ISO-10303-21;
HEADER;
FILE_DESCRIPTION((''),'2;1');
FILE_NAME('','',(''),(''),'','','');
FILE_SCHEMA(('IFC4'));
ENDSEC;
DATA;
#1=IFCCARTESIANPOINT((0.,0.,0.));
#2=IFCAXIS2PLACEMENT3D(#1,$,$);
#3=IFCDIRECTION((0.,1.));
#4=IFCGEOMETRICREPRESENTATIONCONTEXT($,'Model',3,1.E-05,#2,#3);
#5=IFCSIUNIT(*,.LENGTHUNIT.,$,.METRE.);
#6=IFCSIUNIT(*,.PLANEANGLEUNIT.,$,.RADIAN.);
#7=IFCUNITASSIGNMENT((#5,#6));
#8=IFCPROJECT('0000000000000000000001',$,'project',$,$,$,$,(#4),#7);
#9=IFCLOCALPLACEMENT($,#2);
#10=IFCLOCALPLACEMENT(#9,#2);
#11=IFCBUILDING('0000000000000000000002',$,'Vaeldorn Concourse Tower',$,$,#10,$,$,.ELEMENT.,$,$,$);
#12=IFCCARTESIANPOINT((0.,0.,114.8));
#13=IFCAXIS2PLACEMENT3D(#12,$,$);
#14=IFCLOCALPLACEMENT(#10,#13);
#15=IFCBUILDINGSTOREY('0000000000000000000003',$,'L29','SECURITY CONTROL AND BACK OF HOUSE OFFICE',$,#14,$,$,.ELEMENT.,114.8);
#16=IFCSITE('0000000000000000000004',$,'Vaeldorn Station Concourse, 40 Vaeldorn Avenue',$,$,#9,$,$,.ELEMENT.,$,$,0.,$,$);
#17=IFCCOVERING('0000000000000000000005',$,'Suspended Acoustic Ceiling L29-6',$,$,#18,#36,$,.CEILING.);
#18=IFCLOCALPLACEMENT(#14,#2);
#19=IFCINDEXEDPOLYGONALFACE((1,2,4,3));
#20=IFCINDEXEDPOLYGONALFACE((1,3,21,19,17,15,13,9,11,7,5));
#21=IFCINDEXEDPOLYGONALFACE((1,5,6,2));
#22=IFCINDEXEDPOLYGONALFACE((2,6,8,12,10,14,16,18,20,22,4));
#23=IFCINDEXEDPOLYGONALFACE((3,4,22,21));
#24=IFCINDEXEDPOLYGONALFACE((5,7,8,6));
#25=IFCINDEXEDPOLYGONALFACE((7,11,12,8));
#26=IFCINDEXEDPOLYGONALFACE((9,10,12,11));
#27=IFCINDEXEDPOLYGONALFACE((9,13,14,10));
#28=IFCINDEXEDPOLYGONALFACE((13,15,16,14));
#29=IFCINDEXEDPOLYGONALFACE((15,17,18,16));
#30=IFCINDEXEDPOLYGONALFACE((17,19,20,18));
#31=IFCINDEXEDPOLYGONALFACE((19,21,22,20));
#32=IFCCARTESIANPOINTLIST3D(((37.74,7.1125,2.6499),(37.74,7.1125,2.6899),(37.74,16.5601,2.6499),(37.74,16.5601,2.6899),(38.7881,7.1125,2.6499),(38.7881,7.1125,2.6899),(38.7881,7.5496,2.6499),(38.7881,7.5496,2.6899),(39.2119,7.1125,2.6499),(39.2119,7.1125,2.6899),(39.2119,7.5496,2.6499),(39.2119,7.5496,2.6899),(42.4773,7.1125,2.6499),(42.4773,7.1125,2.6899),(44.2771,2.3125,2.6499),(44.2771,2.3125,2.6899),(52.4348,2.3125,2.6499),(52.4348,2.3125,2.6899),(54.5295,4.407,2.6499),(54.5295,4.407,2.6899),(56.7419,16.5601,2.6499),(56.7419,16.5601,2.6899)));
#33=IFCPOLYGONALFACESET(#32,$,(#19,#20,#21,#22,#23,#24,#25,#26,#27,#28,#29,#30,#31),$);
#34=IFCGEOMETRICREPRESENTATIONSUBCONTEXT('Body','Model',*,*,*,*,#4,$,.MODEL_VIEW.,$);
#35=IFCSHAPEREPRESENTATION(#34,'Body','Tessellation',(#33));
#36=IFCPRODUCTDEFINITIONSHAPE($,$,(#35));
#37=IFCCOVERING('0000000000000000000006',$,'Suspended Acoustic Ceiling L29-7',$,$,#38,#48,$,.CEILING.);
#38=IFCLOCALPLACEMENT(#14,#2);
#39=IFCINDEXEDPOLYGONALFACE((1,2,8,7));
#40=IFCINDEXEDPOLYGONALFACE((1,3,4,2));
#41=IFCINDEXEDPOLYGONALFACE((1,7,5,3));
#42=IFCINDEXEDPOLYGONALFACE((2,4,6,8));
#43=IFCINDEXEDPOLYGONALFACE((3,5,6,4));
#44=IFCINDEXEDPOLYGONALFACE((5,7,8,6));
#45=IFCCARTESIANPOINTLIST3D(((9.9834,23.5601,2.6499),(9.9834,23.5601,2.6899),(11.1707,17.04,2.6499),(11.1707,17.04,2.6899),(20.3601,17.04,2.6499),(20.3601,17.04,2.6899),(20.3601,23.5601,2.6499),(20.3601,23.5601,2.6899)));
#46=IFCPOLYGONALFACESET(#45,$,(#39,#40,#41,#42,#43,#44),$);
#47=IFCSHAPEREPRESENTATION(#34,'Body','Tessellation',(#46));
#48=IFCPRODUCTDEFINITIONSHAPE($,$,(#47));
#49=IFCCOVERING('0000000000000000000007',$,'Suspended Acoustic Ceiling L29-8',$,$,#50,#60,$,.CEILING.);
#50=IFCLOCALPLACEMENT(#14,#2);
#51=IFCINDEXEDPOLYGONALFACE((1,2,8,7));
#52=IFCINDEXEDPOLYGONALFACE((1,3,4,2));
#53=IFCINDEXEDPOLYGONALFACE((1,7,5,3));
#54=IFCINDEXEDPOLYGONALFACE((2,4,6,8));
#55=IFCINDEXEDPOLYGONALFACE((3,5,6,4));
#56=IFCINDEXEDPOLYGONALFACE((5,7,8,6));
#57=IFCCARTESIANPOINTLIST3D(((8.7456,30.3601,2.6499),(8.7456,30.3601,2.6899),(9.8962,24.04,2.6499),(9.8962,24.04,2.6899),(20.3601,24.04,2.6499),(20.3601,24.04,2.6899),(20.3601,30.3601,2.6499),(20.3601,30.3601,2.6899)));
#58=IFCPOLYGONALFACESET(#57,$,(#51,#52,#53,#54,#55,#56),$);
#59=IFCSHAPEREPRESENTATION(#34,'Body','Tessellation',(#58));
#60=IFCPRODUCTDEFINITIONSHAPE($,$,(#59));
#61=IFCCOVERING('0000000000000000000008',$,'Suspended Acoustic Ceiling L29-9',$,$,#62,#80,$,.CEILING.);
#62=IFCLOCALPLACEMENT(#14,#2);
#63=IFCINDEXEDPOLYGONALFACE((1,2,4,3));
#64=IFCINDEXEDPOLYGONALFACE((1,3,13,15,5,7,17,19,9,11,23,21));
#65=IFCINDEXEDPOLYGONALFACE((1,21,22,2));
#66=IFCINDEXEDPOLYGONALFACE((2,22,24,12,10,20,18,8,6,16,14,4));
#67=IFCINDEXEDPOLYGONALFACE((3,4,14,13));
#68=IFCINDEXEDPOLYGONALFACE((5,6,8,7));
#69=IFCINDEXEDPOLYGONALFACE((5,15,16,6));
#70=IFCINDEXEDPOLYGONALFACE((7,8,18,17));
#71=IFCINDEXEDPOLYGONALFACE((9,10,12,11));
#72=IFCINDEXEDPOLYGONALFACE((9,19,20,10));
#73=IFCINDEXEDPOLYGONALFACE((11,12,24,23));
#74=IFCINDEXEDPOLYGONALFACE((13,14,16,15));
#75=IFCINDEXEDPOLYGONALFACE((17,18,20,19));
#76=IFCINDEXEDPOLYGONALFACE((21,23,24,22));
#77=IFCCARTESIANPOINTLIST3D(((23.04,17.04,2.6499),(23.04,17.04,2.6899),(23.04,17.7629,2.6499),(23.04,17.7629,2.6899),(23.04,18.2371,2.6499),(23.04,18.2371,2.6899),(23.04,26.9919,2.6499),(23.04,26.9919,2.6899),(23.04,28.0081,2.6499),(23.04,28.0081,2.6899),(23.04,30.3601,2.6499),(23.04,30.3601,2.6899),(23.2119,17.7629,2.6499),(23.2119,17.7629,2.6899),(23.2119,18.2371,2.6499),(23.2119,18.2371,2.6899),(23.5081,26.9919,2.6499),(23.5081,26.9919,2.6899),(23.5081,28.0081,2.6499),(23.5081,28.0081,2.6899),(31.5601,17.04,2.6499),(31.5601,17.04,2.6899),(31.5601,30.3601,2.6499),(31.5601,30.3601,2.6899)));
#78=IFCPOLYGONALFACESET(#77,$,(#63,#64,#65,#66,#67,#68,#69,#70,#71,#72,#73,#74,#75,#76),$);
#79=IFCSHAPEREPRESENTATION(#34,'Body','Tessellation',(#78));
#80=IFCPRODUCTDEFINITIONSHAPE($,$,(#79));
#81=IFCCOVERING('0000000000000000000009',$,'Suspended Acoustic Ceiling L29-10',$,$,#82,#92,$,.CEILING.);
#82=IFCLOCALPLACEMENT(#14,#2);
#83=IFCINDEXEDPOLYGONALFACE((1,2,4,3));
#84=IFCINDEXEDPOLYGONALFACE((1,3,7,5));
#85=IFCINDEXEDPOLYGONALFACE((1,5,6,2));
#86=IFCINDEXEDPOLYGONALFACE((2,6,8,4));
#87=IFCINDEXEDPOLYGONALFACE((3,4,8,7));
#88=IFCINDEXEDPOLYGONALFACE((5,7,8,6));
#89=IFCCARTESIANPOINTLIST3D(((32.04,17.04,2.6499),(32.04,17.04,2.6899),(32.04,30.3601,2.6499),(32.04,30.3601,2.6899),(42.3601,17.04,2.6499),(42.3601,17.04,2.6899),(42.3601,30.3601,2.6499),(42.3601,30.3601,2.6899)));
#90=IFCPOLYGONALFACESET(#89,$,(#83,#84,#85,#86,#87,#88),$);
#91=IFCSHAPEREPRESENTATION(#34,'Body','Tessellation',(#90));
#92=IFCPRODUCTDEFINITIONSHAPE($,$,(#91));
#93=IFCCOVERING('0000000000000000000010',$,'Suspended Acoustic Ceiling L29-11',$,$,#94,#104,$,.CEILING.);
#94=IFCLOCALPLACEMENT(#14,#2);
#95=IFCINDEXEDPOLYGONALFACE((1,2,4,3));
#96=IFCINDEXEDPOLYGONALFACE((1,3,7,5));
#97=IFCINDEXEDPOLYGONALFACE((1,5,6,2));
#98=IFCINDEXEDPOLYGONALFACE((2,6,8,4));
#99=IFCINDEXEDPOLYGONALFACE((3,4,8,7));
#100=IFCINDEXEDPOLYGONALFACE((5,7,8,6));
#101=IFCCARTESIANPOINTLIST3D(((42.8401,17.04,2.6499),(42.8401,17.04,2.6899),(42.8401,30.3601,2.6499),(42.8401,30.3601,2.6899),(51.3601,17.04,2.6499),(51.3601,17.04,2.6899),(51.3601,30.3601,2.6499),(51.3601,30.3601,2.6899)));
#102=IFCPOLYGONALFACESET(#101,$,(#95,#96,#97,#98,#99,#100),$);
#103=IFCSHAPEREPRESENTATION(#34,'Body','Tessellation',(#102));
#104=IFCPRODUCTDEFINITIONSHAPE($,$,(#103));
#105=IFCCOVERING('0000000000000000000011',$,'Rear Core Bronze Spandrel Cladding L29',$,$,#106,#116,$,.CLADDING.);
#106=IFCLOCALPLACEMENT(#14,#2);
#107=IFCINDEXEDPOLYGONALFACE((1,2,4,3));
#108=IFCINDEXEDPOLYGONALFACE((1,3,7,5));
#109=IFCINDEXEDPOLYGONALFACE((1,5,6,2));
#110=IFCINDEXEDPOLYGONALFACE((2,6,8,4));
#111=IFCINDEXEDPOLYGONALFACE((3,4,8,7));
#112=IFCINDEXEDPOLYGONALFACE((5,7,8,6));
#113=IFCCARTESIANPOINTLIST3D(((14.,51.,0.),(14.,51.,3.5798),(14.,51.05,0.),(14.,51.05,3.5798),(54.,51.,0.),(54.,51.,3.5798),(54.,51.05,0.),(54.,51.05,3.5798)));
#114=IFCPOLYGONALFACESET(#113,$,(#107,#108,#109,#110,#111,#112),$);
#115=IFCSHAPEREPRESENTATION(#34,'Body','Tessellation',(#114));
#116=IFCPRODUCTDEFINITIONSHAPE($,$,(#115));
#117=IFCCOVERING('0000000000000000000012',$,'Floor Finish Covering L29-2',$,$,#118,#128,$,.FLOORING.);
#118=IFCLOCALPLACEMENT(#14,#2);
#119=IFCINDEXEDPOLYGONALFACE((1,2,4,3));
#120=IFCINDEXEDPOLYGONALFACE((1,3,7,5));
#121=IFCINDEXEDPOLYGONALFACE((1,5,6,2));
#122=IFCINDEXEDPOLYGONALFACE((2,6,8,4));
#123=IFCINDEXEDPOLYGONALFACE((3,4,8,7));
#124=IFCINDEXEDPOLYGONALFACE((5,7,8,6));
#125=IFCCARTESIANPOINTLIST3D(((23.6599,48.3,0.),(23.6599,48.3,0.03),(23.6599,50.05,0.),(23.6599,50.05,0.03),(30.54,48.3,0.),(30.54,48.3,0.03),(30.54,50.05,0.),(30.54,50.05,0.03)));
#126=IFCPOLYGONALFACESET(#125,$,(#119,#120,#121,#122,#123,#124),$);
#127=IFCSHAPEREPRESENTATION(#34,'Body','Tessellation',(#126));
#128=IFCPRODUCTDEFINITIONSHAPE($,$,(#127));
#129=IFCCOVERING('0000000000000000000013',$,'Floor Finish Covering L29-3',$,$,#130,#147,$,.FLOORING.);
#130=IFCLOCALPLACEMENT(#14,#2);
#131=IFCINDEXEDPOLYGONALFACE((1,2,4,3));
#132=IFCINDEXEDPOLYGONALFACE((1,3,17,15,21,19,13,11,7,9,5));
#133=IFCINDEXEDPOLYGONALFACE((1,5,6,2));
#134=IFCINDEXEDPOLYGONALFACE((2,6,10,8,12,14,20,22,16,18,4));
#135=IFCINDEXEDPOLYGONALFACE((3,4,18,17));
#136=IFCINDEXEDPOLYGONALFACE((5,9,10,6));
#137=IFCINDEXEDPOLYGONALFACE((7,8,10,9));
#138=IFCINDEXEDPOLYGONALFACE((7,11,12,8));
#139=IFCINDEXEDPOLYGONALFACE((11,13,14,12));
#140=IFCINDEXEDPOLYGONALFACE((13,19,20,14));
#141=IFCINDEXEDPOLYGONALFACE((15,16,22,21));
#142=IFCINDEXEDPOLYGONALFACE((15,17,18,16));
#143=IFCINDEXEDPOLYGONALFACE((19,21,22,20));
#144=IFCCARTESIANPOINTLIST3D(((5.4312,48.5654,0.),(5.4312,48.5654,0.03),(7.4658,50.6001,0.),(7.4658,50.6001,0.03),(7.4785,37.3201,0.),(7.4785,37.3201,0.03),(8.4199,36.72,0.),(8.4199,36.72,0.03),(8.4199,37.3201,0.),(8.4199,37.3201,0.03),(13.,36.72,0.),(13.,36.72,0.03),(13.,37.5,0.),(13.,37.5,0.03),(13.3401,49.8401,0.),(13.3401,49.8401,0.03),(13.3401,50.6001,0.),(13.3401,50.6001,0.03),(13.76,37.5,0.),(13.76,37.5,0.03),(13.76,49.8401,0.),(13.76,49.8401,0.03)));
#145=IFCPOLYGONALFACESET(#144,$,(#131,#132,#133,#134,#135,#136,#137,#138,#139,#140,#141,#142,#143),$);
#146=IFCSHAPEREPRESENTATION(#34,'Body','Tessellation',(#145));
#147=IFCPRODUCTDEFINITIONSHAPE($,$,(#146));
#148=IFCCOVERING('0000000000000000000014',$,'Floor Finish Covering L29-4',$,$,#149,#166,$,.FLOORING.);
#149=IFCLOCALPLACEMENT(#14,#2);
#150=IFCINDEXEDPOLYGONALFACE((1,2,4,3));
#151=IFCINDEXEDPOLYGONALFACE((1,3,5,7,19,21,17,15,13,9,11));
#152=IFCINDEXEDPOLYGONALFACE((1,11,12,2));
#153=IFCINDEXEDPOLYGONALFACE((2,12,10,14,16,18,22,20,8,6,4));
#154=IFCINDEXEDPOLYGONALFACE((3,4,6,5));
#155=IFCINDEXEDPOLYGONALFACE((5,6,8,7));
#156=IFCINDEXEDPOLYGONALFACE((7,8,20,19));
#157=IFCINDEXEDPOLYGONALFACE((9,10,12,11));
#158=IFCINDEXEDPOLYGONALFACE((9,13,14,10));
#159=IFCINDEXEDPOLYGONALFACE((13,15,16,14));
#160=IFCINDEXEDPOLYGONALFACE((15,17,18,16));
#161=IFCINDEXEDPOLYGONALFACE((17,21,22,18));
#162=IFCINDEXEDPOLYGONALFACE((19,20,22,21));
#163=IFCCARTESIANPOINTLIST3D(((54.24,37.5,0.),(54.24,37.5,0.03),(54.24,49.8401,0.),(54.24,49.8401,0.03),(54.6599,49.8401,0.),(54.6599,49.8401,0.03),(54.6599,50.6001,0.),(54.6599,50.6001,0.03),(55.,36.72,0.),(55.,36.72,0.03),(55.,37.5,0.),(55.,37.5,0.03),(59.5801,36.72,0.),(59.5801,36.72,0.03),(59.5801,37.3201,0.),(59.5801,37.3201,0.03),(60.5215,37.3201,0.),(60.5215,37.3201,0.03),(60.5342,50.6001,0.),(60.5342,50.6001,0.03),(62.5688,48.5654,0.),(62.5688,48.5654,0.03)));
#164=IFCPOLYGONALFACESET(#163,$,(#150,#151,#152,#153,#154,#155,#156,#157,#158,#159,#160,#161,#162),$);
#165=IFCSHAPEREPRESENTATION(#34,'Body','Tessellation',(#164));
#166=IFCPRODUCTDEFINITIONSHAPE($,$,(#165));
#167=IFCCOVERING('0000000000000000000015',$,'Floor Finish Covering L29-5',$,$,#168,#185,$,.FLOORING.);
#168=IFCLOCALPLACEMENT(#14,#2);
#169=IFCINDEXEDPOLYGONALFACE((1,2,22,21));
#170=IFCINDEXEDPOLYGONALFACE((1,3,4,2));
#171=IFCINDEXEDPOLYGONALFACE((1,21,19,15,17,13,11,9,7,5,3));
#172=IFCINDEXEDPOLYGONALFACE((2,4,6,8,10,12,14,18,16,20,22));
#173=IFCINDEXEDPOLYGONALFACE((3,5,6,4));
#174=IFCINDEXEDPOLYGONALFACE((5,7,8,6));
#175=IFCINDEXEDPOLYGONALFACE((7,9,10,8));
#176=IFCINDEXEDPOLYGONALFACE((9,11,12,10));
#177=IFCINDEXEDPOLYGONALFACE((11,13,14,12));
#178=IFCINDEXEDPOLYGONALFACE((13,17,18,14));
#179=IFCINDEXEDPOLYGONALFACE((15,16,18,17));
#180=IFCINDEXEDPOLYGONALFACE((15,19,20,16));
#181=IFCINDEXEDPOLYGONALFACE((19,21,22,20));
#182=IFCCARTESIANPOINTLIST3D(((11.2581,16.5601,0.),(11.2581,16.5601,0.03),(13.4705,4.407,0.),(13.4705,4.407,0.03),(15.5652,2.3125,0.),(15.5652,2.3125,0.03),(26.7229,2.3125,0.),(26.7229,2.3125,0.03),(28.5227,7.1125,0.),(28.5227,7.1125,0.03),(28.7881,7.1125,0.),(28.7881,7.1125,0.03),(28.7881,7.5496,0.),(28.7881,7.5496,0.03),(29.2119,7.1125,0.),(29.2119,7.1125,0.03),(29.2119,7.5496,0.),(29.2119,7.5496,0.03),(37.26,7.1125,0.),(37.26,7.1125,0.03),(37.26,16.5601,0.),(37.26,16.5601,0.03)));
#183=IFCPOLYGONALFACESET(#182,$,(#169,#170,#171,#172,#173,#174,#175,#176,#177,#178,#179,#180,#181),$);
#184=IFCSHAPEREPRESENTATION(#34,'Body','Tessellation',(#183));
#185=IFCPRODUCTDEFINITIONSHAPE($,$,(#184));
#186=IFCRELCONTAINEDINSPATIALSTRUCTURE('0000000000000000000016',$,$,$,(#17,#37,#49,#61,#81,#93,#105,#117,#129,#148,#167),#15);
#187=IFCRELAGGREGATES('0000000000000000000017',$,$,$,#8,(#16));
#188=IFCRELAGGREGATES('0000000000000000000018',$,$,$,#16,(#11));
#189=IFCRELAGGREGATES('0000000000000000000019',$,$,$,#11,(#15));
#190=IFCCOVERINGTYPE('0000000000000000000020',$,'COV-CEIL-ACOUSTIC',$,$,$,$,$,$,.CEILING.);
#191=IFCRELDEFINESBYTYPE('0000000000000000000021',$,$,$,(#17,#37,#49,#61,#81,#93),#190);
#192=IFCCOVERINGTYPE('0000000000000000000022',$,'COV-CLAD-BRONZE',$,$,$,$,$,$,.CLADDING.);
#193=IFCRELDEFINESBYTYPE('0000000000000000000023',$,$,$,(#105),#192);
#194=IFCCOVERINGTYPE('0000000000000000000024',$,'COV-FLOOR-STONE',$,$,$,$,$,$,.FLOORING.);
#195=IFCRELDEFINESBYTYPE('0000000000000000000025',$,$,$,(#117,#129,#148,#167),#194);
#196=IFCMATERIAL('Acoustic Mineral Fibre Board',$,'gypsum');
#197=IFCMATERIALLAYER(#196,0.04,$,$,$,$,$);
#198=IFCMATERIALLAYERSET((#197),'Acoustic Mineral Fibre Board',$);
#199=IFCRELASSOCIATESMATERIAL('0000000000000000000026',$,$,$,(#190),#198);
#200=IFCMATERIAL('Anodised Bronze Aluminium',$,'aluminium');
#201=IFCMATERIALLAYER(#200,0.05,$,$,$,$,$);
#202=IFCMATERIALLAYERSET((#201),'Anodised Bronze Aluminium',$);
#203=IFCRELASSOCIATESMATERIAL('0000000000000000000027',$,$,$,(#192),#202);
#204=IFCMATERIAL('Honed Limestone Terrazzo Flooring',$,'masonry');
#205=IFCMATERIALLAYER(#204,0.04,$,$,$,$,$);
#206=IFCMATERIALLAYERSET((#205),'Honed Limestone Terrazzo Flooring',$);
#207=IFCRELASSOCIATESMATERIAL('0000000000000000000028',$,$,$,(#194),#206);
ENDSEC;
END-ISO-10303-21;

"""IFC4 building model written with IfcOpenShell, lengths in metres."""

from ifc_helpers import new_model, si_unit, direction, frame, origin, place, context, subcontext, project, spatial, polyline, outline, extrude, material, layer, layer_set, type_object, element, save


model = new_model("IFC4")

# Units and contexts
model_context = context("Model", 3, precision=1e-05, world=origin(), true_north=direction((0.0, 1.0)))
body_context = subcontext(model_context, "Body", "Model", "MODEL_VIEW")
ifc_project = project(units=[si_unit("LENGTHUNIT", "METRE"), si_unit("PLANEANGLEUNIT", "RADIAN")], contexts=[model_context])

# Site, building, storey
site_placement = place(None, origin())
site = spatial("IfcSite", under=ifc_project, at=site_placement, Name="Vaeldorn Station Concourse, 40 Vaeldorn Avenue", CompositionType="ELEMENT", RefElevation=0.0)
building_placement = place(site_placement, origin())
building = spatial("IfcBuilding", under=site, at=building_placement, Name="Vaeldorn Concourse Tower", CompositionType="ELEMENT")
storey_placement = place(building_placement, frame((0.0, 0.0, 114.8)))
storey = spatial("IfcBuildingStorey", under=building, at=storey_placement, Name="L29", Description="SECURITY CONTROL AND BACK OF HOUSE OFFICE", CompositionType="ELEMENT", Elevation=114.8)

# Coverings
ifc_material_1 = material(Name="Acoustic Mineral Fibre Board", Category="gypsum")
ifc_layer_1 = layer(ifc_material_1, 0.04)
ifc_layer_set_1 = layer_set([ifc_layer_1], Name="Acoustic Mineral Fibre Board")
covering_type_1 = type_object("IfcCoveringType", Name="COV-CEIL-ACOUSTIC", PredefinedType="CEILING", material=ifc_layer_set_1)
covering_1_placement = place(storey_placement, frame((0.0, 0.0, 2.6499)))
element("IfcCovering", 1, at=covering_1_placement, inside=storey, type_object=covering_type_1, Name="Suspended Acoustic Ceiling L29-6", PredefinedType="CEILING", context=body_context, shape_type="SweptSolid", body=[
    extrude(outline(polyline([(37.74, 16.5601), (56.7419, 16.5601), (54.5295, 4.407), (52.4348, 2.3125), (44.2771, 2.3125), (42.4773, 7.1125), (39.2119, 7.1125), (39.2119, 7.5496), (38.7881, 7.5496), (38.7881, 7.1125), (37.74, 7.1125), (37.74, 16.5601)])), origin(), (0.0, 0.0, 1.0), 0.04),
])
covering_2_placement = place(storey_placement, frame((0.0, 0.0, 2.6499)))
element("IfcCovering", 2, at=covering_2_placement, inside=storey, type_object=covering_type_1, Name="Suspended Acoustic Ceiling L29-7", PredefinedType="CEILING", context=body_context, shape_type="SweptSolid", body=[
    extrude(outline(polyline([(20.3601, 23.5601), (20.3601, 17.04), (11.1707, 17.04), (9.9834, 23.5601), (20.3601, 23.5601)])), origin(), (0.0, 0.0, 1.0), 0.04),
])
covering_3_placement = place(storey_placement, frame((0.0, 0.0, 2.6499)))
element("IfcCovering", 3, at=covering_3_placement, inside=storey, type_object=covering_type_1, Name="Suspended Acoustic Ceiling L29-8", PredefinedType="CEILING", context=body_context, shape_type="SweptSolid", body=[
    extrude(outline(polyline([(20.3601, 30.3601), (20.3601, 24.04), (9.8962, 24.04), (8.7456, 30.3601), (20.3601, 30.3601)])), origin(), (0.0, 0.0, 1.0), 0.04),
])
covering_4_placement = place(storey_placement, frame((0.0, 0.0, 2.6499)))
element("IfcCovering", 4, at=covering_4_placement, inside=storey, type_object=covering_type_1, Name="Suspended Acoustic Ceiling L29-9", PredefinedType="CEILING", context=body_context, shape_type="SweptSolid", body=[
    extrude(outline(polyline([(23.04, 17.7629), (23.2119, 17.7629), (23.2119, 18.2371), (23.04, 18.2371), (23.04, 26.9919), (23.5081, 26.9919), (23.5081, 28.0081), (23.04, 28.0081), (23.04, 30.3601), (31.5601, 30.3601), (31.5601, 17.04), (23.04, 17.04), (23.04, 17.7629)])), origin(), (0.0, 0.0, 1.0), 0.04),
])
covering_5_placement = place(storey_placement, frame((0.0, 0.0, 2.6499)))
element("IfcCovering", 5, at=covering_5_placement, inside=storey, type_object=covering_type_1, Name="Suspended Acoustic Ceiling L29-10", PredefinedType="CEILING", context=body_context, shape_type="SweptSolid", body=[
    extrude(outline(polyline([(32.04, 30.3601), (42.3601, 30.3601), (42.3601, 17.04), (32.04, 17.04), (32.04, 30.3601)])), origin(), (0.0, 0.0, 1.0), 0.04),
])
covering_6_placement = place(storey_placement, frame((0.0, 0.0, 2.6499)))
element("IfcCovering", 6, at=covering_6_placement, inside=storey, type_object=covering_type_1, Name="Suspended Acoustic Ceiling L29-11", PredefinedType="CEILING", context=body_context, shape_type="SweptSolid", body=[
    extrude(outline(polyline([(42.8401, 30.3601), (51.3601, 30.3601), (51.3601, 17.04), (42.8401, 17.04), (42.8401, 30.3601)])), origin(), (0.0, 0.0, 1.0), 0.04),
])
ifc_material_2 = material(Name="Anodised Bronze Aluminium", Category="aluminium")
ifc_layer_2 = layer(ifc_material_2, 0.05)
ifc_layer_set_2 = layer_set([ifc_layer_2], Name="Anodised Bronze Aluminium")
covering_type_2 = type_object("IfcCoveringType", Name="COV-CLAD-BRONZE", PredefinedType="CLADDING", material=ifc_layer_set_2)
covering_7_placement = place(storey_placement, origin())
element("IfcCovering", 7, at=covering_7_placement, inside=storey, type_object=covering_type_2, Name="Rear Core Bronze Spandrel Cladding L29", PredefinedType="CLADDING", context=body_context, shape_type="SweptSolid", body=[
    extrude(outline(polyline([(14.0, 51.0), (54.0, 51.0), (54.0, 51.05), (14.0, 51.05), (14.0, 51.0)])), origin(), (0.0, 0.0, 1.0), 3.5798),
])
ifc_material_3 = material(Name="Honed Limestone Terrazzo Flooring", Category="masonry")
ifc_layer_3 = layer(ifc_material_3, 0.04)
ifc_layer_set_3 = layer_set([ifc_layer_3], Name="Honed Limestone Terrazzo Flooring")
covering_type_3 = type_object("IfcCoveringType", Name="COV-FLOOR-STONE", PredefinedType="FLOORING", material=ifc_layer_set_3)
covering_8_placement = place(storey_placement, origin())
element("IfcCovering", 8, at=covering_8_placement, inside=storey, type_object=covering_type_3, Name="Floor Finish Covering L29-2", PredefinedType="FLOORING", context=body_context, shape_type="SweptSolid", body=[
    extrude(outline(polyline([(30.54, 50.05), (30.54, 48.3), (23.6599, 48.3), (23.6599, 50.05), (30.54, 50.05)])), origin(), (0.0, 0.0, 1.0), 0.03),
])
covering_9_placement = place(storey_placement, origin())
element("IfcCovering", 9, at=covering_9_placement, inside=storey, type_object=covering_type_3, Name="Floor Finish Covering L29-3", PredefinedType="FLOORING", context=body_context, shape_type="SweptSolid", body=[
    extrude(outline(polyline([(7.4658, 50.6001), (13.3401, 50.6001), (13.3401, 49.8401), (13.76, 49.8401), (13.76, 37.5), (13.0, 37.5), (13.0, 36.72), (8.4199, 36.72), (8.4199, 37.3201), (7.4785, 37.3201), (5.4312, 48.5654), (7.4658, 50.6001)])), origin(), (0.0, 0.0, 1.0), 0.03),
])
covering_10_placement = place(storey_placement, origin())
element("IfcCovering", 10, at=covering_10_placement, inside=storey, type_object=covering_type_3, Name="Floor Finish Covering L29-4", PredefinedType="FLOORING", context=body_context, shape_type="SweptSolid", body=[
    extrude(outline(polyline([(54.6599, 49.8401), (54.6599, 50.6001), (60.5342, 50.6001), (62.5688, 48.5654), (60.5215, 37.3201), (59.5801, 37.3201), (59.5801, 36.72), (55.0, 36.72), (55.0, 37.5), (54.24, 37.5), (54.24, 49.8401), (54.6599, 49.8401)])), origin(), (0.0, 0.0, 1.0), 0.03),
])
covering_11_placement = place(storey_placement, origin())
element("IfcCovering", 11, at=covering_11_placement, inside=storey, type_object=covering_type_3, Name="Floor Finish Covering L29-5", PredefinedType="FLOORING", context=body_context, shape_type="SweptSolid", body=[
    extrude(outline(polyline([(37.26, 16.5601), (37.26, 7.1125), (29.2119, 7.1125), (29.2119, 7.5496), (28.7881, 7.5496), (28.7881, 7.1125), (28.5227, 7.1125), (26.7229, 2.3125), (15.5652, 2.3125), (13.4705, 4.407), (11.2581, 16.5601), (37.26, 16.5601)])), origin(), (0.0, 0.0, 1.0), 0.03),
])

save(model, "model.ifc")
